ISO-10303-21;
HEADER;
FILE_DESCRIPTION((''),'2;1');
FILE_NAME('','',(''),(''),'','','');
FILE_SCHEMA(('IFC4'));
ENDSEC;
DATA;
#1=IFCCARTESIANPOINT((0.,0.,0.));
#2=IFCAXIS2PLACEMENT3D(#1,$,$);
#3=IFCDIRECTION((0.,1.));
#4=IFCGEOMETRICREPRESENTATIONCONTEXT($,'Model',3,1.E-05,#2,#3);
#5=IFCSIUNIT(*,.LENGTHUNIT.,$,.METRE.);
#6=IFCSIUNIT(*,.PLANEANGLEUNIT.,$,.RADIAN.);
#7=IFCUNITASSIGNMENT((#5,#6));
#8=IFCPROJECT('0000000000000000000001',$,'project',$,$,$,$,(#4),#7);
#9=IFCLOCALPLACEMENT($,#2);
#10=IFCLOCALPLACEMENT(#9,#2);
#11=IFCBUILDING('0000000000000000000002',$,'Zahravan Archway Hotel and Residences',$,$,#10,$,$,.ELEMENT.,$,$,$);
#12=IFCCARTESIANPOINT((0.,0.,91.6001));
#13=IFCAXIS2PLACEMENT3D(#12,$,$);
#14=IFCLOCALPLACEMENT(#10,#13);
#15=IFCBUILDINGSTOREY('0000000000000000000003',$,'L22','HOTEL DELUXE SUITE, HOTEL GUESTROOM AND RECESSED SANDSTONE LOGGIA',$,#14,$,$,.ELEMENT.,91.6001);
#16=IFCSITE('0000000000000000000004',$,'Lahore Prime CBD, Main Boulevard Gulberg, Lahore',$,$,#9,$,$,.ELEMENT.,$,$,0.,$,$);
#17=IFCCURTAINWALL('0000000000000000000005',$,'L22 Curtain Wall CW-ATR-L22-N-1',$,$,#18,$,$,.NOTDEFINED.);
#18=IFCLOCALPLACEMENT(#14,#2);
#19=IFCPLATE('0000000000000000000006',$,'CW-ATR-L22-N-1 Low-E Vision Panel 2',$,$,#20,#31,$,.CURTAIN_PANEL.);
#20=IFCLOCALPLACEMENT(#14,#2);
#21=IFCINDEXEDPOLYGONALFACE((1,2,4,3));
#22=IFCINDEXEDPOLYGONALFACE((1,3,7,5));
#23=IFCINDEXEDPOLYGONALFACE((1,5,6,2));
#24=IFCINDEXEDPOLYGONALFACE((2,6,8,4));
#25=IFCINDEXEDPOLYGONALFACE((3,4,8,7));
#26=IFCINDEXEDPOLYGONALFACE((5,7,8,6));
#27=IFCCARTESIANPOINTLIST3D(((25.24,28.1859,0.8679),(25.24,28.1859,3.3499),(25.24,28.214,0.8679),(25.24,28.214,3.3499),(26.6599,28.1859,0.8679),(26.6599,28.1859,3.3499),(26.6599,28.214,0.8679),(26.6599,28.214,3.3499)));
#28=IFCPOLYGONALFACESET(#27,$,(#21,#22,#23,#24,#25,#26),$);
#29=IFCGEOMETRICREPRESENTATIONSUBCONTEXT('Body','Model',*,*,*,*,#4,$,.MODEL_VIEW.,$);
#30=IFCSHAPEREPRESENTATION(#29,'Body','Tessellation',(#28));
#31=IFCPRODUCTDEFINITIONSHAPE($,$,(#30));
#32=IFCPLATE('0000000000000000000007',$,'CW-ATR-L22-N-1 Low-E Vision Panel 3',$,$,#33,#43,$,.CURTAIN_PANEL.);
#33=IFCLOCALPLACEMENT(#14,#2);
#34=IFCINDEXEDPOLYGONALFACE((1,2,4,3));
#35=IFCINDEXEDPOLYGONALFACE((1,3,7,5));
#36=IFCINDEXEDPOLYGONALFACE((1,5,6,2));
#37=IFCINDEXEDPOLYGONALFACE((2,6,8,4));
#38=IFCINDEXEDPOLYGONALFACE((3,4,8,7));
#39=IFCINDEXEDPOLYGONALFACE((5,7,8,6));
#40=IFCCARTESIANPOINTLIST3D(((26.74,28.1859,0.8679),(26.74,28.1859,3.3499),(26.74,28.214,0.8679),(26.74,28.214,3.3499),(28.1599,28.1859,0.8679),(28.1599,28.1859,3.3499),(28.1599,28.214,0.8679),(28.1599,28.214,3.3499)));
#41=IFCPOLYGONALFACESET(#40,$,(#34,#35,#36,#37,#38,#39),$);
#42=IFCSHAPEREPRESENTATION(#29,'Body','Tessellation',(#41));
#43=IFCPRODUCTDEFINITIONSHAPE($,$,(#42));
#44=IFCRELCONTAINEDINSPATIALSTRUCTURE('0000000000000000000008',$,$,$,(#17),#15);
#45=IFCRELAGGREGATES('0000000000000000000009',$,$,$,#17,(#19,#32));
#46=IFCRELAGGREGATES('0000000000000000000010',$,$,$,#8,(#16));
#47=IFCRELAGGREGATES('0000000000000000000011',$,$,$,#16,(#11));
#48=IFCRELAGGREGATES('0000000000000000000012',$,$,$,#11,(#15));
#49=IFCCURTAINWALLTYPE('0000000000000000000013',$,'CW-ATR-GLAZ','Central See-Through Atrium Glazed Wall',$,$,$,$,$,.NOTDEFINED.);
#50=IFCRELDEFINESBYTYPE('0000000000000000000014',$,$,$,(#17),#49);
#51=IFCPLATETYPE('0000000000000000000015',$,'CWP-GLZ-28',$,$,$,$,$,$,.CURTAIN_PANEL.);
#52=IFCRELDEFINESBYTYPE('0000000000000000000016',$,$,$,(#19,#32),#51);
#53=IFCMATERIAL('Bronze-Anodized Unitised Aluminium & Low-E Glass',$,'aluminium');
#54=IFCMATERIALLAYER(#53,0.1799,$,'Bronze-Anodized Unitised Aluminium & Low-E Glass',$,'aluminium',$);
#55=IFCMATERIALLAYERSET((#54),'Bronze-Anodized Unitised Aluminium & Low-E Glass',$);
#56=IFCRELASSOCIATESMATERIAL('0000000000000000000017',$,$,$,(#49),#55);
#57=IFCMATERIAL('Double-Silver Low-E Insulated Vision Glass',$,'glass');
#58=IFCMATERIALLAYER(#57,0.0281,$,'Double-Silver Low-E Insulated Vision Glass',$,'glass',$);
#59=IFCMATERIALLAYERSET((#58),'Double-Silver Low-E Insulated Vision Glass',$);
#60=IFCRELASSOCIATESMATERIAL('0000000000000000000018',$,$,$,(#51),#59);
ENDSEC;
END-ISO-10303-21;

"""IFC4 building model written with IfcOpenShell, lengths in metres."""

from ifc_helpers import new_model, si_unit, direction, frame, origin, origin_2d, place, context, subcontext, project, spatial, rectangle, extrude, source, transform, mapped, material, layer, layer_set, type_object, element, aggregate, save


model = new_model("IFC4")

# Units and contexts
model_context = context("Model", 3, precision=1e-05, world=origin(), true_north=direction((0.0, 1.0)))
body_context = subcontext(model_context, "Body", "Model", "MODEL_VIEW")
ifc_project = project(units=[si_unit("LENGTHUNIT", "METRE"), si_unit("PLANEANGLEUNIT", "RADIAN")], contexts=[model_context])

# Site, building, storey
site_placement = place(None, origin())
site = spatial("IfcSite", under=ifc_project, at=site_placement, Name="Lahore Prime CBD, Main Boulevard Gulberg, Lahore", CompositionType="ELEMENT", RefElevation=0.0)
building_placement = place(site_placement, origin())
building = spatial("IfcBuilding", under=site, at=building_placement, Name="Zahravan Archway Hotel and Residences", CompositionType="ELEMENT")
storey_placement = place(building_placement, frame((0.0, 0.0, 91.6001)))
storey = spatial("IfcBuildingStorey", under=building, at=storey_placement, Name="L22", Description="HOTEL DELUXE SUITE, HOTEL GUESTROOM AND RECESSED SANDSTONE LOGGIA", CompositionType="ELEMENT", Elevation=91.6001)

# Curtain wall
ifc_material_1 = material(Name="Bronze-Anodized Unitised Aluminium & Low-E Glass", Category="aluminium")
ifc_layer_1 = layer(ifc_material_1, 0.1799, Name="Bronze-Anodized Unitised Aluminium & Low-E Glass", Category="aluminium")
ifc_layer_set_1 = layer_set([ifc_layer_1], Name="Bronze-Anodized Unitised Aluminium & Low-E Glass")
curtain_wall_type = type_object("IfcCurtainWallType", Name="CW-ATR-GLAZ", Description="Central See-Through Atrium Glazed Wall", PredefinedType="NOTDEFINED", material=ifc_layer_set_1)
curtain_wall_1_placement = place(storey_placement, origin())
curtain_wall_1 = element("IfcCurtainWall", 1, at=curtain_wall_1_placement, inside=storey, type_object=curtain_wall_type, Name="L22 Curtain Wall CW-ATR-L22-N-1", PredefinedType="NOTDEFINED")

# Plates
ifc_material_2 = material(Name="Double-Silver Low-E Insulated Vision Glass", Category="glass")
ifc_layer_2 = layer(ifc_material_2, 0.0281, Name="Double-Silver Low-E Insulated Vision Glass", Category="glass")
ifc_layer_set_2 = layer_set([ifc_layer_2], Name="Double-Silver Low-E Insulated Vision Glass")
plate_type_1 = type_object("IfcPlateType", Name="CWP-GLZ-28", PredefinedType="CURTAIN_PANEL", material=ifc_layer_set_2)
shared_shape_1 = source(origin(), body_context, "Body", "SweptSolid", [
    extrude(rectangle(XDim=1.4199, YDim=0.0281, at=origin_2d()), origin(), (0.0, 0.0, 1.0), 2.4819),
])
plate_1_placement = place(storey_placement, frame((25.95, 28.2, 0.8679), z_axis=(0.0, 0.0, 1.0), x_axis=(1.0, 0.0, 0.0)))
plate_1 = element("IfcPlate", 2, at=plate_1_placement, type_object=plate_type_1, Name="CW-ATR-L22-N-1 Low-E Vision Panel 2", PredefinedType="CURTAIN_PANEL", context=body_context, shape_type="MappedRepresentation", body=[
    mapped(shared_shape_1, transform((0.0, 0.0, 0.0), scale=1.0)),
])
plate_2_placement = place(storey_placement, frame((27.45, 28.2, 0.8679), z_axis=(0.0, 0.0, 1.0), x_axis=(1.0, 0.0, 0.0)))
plate_2 = element("IfcPlate", 3, at=plate_2_placement, type_object=plate_type_1, Name="CW-ATR-L22-N-1 Low-E Vision Panel 3", PredefinedType="CURTAIN_PANEL", context=body_context, shape_type="MappedRepresentation", body=[
    mapped(shared_shape_1, transform((0.0, 0.0, 0.0), scale=1.0)),
])
aggregate(curtain_wall_1, [plate_1, plate_2])

save(model, "model.ifc")
